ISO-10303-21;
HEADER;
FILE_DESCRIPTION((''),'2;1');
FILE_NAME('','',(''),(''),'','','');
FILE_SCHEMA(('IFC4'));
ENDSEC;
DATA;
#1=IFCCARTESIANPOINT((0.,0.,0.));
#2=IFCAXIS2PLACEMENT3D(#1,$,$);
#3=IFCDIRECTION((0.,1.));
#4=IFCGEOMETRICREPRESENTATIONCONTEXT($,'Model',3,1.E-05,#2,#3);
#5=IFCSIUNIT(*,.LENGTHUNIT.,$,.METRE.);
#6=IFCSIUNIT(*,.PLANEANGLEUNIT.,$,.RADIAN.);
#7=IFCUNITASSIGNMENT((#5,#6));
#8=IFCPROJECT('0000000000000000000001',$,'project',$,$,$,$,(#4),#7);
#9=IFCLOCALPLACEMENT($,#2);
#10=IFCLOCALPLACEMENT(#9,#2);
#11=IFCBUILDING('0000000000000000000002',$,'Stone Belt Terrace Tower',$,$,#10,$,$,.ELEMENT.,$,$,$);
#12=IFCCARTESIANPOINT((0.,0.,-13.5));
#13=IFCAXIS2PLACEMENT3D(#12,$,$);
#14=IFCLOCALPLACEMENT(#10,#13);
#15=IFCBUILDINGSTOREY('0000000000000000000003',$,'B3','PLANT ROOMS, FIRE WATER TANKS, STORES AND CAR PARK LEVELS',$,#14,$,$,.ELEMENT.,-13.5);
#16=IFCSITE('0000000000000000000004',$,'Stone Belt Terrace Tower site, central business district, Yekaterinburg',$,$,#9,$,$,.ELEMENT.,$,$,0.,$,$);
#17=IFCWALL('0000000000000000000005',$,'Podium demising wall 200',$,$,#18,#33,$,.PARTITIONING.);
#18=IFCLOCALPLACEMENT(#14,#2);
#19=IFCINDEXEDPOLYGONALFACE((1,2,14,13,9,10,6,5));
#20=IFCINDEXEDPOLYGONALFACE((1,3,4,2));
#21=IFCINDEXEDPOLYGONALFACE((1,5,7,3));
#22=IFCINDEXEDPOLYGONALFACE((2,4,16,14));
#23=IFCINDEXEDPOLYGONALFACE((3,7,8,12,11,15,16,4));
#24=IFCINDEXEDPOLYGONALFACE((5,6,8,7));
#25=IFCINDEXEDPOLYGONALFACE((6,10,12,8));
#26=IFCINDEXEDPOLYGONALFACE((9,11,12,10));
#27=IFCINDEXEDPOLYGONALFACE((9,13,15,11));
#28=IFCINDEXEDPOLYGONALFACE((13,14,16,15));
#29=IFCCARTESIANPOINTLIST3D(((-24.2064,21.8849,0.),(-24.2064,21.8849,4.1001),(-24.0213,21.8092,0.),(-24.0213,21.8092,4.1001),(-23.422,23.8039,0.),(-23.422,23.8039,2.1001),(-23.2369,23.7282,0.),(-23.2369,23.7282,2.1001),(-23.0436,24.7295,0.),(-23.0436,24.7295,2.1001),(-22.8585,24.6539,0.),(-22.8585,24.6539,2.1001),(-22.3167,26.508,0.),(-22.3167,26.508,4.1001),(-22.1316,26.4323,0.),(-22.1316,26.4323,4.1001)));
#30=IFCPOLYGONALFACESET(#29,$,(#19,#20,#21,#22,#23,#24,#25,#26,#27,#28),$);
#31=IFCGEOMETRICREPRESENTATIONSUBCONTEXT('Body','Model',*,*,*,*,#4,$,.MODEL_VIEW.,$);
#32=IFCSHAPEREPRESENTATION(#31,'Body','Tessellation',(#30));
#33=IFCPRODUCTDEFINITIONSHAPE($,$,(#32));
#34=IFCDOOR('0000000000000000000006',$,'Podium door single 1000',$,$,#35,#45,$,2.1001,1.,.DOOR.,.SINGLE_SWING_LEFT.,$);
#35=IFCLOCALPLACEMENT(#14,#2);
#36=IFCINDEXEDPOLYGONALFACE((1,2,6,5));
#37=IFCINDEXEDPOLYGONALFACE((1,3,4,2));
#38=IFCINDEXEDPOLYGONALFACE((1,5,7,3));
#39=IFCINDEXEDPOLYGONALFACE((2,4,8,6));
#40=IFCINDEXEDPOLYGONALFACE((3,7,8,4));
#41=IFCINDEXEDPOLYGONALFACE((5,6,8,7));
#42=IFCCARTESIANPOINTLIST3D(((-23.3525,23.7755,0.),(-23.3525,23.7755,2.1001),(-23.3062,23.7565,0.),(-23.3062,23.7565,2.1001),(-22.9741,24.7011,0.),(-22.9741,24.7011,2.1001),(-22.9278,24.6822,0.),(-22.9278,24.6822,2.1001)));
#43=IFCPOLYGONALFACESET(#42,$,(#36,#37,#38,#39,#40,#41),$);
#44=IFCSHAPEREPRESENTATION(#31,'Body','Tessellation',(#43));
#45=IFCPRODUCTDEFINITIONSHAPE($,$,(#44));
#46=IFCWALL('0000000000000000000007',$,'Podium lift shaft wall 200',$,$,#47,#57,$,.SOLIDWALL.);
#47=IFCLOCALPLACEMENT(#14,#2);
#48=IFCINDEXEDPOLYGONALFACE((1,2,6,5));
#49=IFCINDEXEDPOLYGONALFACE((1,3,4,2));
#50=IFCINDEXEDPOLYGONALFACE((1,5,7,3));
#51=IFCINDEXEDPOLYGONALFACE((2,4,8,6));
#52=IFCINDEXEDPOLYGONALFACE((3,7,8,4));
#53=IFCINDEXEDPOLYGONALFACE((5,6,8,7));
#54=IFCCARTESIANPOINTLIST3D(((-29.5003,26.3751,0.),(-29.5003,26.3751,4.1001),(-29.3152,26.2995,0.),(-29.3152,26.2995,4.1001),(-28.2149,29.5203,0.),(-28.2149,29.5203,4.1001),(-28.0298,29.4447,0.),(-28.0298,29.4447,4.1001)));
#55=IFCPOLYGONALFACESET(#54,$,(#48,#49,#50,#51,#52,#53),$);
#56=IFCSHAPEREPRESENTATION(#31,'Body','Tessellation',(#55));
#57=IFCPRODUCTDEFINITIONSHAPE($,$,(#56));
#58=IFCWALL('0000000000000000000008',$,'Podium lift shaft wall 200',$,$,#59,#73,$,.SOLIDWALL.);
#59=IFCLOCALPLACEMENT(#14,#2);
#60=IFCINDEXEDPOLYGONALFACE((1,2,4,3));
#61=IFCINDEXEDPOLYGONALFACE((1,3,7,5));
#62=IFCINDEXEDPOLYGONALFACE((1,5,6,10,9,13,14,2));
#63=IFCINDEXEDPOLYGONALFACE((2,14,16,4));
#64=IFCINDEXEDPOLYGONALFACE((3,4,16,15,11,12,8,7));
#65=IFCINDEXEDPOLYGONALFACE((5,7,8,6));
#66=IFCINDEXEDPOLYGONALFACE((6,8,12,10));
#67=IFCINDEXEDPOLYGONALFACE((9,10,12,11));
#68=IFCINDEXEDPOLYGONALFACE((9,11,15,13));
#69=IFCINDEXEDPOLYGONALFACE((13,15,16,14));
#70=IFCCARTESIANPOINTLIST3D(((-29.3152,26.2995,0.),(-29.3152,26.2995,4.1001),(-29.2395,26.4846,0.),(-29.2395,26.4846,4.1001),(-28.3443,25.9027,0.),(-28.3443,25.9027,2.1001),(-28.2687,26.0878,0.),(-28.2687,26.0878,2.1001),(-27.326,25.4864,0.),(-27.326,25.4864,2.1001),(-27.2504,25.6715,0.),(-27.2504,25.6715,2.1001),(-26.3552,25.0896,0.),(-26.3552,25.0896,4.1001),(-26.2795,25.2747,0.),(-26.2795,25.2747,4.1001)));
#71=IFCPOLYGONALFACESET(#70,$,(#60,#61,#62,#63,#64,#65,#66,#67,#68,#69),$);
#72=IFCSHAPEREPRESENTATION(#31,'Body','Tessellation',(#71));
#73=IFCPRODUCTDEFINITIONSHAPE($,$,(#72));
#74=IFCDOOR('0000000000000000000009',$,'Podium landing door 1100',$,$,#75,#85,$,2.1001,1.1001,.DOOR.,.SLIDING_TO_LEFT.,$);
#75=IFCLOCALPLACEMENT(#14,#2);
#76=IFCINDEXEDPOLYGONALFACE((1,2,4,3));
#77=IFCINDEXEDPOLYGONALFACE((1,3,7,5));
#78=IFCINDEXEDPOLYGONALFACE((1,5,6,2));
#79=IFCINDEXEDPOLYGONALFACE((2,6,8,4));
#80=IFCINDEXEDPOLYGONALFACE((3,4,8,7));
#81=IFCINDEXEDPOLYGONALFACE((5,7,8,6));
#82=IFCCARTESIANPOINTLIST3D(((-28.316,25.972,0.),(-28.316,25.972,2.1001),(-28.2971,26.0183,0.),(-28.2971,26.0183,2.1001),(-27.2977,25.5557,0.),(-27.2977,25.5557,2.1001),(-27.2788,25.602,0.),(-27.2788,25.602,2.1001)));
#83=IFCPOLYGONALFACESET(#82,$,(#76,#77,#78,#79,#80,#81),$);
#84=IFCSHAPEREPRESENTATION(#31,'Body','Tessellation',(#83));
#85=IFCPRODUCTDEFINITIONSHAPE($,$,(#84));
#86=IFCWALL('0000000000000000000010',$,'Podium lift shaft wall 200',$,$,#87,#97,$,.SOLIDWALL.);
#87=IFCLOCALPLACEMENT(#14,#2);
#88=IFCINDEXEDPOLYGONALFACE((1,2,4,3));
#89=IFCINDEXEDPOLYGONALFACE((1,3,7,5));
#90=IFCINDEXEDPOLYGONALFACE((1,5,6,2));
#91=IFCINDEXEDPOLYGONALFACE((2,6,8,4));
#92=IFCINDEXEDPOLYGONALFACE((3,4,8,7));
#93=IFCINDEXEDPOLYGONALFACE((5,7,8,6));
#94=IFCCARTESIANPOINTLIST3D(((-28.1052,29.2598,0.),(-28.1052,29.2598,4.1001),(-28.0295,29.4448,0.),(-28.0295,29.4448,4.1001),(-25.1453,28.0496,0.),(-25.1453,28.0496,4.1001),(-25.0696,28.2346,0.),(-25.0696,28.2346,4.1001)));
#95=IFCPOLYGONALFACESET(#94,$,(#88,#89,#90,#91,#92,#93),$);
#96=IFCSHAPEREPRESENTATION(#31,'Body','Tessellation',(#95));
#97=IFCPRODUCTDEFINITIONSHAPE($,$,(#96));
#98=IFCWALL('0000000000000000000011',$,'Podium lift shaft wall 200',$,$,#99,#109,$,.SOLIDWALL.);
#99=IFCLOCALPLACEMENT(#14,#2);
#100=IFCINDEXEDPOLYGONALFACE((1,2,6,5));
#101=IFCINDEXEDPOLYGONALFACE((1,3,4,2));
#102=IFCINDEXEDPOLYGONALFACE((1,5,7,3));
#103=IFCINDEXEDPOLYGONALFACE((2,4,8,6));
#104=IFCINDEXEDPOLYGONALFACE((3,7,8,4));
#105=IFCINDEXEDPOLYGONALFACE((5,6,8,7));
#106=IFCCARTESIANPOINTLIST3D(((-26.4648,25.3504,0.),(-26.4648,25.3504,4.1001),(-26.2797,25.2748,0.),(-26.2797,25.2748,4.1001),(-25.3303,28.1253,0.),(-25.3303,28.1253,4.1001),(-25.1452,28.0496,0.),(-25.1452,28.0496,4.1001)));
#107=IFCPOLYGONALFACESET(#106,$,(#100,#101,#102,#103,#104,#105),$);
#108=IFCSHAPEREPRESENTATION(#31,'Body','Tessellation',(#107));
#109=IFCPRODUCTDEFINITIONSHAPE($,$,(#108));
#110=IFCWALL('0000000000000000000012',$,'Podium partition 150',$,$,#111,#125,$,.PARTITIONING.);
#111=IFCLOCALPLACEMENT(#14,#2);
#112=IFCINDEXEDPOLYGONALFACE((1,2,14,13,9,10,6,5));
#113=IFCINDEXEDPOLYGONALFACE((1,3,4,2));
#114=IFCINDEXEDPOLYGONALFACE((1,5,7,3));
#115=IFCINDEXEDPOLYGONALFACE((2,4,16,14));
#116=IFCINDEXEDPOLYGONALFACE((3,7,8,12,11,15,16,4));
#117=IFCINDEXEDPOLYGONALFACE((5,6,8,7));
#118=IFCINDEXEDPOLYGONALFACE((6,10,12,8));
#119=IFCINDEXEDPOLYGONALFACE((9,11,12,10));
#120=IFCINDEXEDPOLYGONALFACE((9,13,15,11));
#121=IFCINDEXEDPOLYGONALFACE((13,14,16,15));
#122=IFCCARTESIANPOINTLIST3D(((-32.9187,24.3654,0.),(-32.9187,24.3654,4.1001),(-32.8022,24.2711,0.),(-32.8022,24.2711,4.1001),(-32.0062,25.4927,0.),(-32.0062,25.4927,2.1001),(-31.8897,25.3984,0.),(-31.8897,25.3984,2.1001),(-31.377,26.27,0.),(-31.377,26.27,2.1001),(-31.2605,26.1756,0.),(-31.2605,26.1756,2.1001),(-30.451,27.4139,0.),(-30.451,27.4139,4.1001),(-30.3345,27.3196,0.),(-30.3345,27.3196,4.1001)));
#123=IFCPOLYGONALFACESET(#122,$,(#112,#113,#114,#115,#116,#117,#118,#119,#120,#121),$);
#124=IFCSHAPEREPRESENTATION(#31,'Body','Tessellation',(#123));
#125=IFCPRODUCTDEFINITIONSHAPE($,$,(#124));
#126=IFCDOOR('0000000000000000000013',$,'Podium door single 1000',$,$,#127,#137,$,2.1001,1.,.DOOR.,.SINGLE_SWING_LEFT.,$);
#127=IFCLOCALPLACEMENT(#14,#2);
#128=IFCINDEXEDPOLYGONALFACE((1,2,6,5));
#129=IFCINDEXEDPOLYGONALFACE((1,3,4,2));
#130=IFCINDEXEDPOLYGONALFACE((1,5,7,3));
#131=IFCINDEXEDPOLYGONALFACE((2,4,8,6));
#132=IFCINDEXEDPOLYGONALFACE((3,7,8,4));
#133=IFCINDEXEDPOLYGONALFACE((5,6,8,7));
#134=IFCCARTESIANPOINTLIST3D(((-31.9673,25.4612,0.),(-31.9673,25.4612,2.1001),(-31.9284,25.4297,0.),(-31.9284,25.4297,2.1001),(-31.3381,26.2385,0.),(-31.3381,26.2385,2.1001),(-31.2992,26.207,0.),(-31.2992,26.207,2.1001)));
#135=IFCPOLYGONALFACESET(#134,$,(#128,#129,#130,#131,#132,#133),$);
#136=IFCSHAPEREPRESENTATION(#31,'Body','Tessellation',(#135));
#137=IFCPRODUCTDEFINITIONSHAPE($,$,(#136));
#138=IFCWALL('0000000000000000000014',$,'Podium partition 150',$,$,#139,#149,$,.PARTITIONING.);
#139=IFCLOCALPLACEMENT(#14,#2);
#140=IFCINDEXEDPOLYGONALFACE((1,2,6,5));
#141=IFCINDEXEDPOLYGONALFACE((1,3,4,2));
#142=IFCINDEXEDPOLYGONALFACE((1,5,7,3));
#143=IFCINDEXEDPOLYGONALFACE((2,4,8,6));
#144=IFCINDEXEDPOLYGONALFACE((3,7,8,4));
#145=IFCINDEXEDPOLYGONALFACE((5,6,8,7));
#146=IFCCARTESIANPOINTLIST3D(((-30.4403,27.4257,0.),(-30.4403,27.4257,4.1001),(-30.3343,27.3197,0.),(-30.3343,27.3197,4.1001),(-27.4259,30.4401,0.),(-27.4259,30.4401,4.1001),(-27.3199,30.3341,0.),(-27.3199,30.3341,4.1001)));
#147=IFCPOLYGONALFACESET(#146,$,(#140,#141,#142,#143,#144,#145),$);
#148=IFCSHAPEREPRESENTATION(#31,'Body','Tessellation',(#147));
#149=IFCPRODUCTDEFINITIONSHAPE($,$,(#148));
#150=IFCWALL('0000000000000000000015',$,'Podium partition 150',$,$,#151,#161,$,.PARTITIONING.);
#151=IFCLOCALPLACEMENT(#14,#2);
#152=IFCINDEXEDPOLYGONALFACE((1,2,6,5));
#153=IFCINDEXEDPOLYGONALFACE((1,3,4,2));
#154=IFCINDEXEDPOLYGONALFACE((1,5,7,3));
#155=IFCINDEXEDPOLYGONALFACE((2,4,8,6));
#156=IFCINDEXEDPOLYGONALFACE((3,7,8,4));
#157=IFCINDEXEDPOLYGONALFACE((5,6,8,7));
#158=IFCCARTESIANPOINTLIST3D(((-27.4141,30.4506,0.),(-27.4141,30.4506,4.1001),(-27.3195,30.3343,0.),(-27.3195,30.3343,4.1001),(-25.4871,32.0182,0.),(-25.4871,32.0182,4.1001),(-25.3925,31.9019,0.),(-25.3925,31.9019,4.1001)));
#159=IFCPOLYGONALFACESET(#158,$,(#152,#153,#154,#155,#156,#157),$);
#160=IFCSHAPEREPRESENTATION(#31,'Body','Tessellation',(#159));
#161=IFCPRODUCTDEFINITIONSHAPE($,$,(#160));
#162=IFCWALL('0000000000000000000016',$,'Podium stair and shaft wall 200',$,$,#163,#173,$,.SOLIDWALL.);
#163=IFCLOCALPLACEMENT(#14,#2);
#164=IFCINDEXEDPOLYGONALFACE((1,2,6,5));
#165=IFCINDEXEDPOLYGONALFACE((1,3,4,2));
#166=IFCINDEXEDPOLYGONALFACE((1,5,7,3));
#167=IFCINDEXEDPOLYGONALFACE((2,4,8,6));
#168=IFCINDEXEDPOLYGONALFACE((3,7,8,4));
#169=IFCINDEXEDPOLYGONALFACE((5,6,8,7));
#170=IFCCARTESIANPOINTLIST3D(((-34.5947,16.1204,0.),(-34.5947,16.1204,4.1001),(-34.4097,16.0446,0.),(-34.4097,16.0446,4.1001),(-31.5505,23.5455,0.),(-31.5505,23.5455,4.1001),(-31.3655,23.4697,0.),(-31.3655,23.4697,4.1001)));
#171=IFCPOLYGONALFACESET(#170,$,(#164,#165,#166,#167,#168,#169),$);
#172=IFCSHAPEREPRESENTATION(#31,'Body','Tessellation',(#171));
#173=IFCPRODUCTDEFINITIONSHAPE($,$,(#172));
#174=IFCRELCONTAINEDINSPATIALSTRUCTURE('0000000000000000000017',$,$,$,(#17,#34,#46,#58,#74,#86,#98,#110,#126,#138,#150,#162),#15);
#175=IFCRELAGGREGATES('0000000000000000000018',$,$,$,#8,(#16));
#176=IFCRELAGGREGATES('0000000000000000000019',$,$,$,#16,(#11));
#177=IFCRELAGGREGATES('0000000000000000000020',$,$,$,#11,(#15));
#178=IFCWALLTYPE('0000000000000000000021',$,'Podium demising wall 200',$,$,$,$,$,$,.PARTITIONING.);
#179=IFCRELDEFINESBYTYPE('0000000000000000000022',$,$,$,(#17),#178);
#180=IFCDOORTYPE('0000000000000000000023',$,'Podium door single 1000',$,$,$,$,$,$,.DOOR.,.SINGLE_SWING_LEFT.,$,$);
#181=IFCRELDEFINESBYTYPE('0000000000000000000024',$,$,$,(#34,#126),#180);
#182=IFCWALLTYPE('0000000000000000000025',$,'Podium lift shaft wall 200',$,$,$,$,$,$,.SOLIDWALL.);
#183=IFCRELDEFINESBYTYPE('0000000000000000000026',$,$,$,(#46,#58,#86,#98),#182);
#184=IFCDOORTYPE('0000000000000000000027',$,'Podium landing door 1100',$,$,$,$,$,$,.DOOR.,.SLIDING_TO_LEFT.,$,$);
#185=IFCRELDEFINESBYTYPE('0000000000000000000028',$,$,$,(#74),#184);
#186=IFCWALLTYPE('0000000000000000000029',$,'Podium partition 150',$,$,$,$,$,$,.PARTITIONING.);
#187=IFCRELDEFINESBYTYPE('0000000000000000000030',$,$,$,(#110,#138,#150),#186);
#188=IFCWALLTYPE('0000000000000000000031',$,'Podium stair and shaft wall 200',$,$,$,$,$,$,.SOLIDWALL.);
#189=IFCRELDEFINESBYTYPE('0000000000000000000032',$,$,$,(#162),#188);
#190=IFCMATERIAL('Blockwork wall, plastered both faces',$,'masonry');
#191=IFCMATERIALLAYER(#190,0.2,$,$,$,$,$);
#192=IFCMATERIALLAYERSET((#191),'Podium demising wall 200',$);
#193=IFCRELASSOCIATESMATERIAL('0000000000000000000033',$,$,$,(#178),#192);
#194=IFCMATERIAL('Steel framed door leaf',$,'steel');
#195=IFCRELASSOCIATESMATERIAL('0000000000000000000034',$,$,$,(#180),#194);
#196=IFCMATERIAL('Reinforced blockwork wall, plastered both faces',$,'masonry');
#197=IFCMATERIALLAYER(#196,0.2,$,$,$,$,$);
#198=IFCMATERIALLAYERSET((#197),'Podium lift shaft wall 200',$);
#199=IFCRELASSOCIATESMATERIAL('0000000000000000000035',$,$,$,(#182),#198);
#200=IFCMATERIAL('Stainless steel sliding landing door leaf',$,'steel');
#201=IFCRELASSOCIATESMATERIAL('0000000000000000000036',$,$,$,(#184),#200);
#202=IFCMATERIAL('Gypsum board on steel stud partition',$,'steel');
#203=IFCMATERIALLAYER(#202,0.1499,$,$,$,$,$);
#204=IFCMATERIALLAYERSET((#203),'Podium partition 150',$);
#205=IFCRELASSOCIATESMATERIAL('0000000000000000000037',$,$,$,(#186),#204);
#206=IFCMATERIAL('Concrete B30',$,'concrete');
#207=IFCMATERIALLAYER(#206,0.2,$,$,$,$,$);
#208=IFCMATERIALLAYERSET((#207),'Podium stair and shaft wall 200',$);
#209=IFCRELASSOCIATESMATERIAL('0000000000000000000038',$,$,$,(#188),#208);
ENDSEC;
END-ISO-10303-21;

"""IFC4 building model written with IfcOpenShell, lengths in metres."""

from ifc_helpers import new_model, si_unit, direction, frame, frame_2d, origin, place, context, subcontext, project, spatial, rectangle, extrude, material, layer, layer_set, type_object, element, fill, save


model = new_model("IFC4")

# Units and contexts
model_context = context("Model", 3, precision=1e-05, world=origin(), true_north=direction((0.0, 1.0)))
body_context = subcontext(model_context, "Body", "Model", "MODEL_VIEW")
ifc_project = project(units=[si_unit("LENGTHUNIT", "METRE"), si_unit("PLANEANGLEUNIT", "RADIAN")], contexts=[model_context])

# Site, building, storey
site_placement = place(None, origin())
site = spatial("IfcSite", under=ifc_project, at=site_placement, Name="Stone Belt Terrace Tower site, central business district, Yekaterinburg", CompositionType="ELEMENT", RefElevation=0.0)
building_placement = place(site_placement, origin())
building = spatial("IfcBuilding", under=site, at=building_placement, Name="Stone Belt Terrace Tower", CompositionType="ELEMENT")
storey_placement = place(building_placement, frame((0.0, 0.0, -13.5)))
storey = spatial("IfcBuildingStorey", under=building, at=storey_placement, Name="B3", Description="PLANT ROOMS, FIRE WATER TANKS, STORES AND CAR PARK LEVELS", CompositionType="ELEMENT", Elevation=-13.5)

# Shared definitions
ifc_material_1 = material(Name="Concrete B30", Category="concrete")
ifc_material_2 = material(Name="Blockwork wall, plastered both faces", Category="masonry")
ifc_layer_1 = layer(ifc_material_2, 0.2)
ifc_layer_set_1 = layer_set([ifc_layer_1], Name="Podium demising wall 200")
wall_type_1 = type_object("IfcWallType", Name="Podium demising wall 200", PredefinedType="PARTITIONING", material=ifc_layer_set_1)

# Wall, opening, door
wall_1_placement = place(storey_placement, frame((-24.1138, 21.8472, 0.0), z_axis=(0.0, 0.0, 1.0), x_axis=(0.378359, 0.925659, 0.0)))
wall_1 = element("IfcWall", 1, at=wall_1_placement, inside=storey, type_object=wall_type_1, Name="Podium demising wall 200", PredefinedType="PARTITIONING", context=body_context, shape_type="SweptSolid", body=[
    extrude(rectangle(XDim=4.9944, YDim=0.2, at=frame_2d((2.4971, 0.0))), origin(), (0.0, 0.0, 1.0), 4.1001),
])
opening_1_placement = place(wall_1_placement, frame((2.073, 0.0, 0.0)))
opening_1 = element("IfcOpeningElement", 2, at=opening_1_placement, cuts=wall_1, PredefinedType="OPENING", context=body_context, shape_type="SweptSolid", body=[
    extrude(rectangle(XDim=1.0, YDim=2.1001, at=frame_2d((0.5, 1.05))), frame((0.0, 0.1099, 0.0), z_axis=(0.0, -1.0, 0.0), x_axis=(1.0, 0.0, 0.0)), (0.0, 0.0, 1.0), 0.22),
])
ifc_material_3 = material(Name="Steel framed door leaf", Category="steel")
door_type_1 = type_object("IfcDoorType", Name="Podium door single 1000", OperationType="SINGLE_SWING_LEFT", PredefinedType="DOOR", material=ifc_material_3)
door_1_placement = place(opening_1_placement, origin())
door_1 = element("IfcDoor", 3, at=door_1_placement, inside=storey, type_object=door_type_1, Name="Podium door single 1000", OperationType="SINGLE_SWING_LEFT", OverallHeight=2.1001, OverallWidth=1.0, PredefinedType="DOOR", context=body_context, shape_type="SweptSolid", body=[
    extrude(rectangle(XDim=1.0, YDim=2.1001, at=frame_2d((0.5, 1.05))), frame((0.0, 0.0249, 0.0), z_axis=(0.0, -1.0, 0.0), x_axis=(1.0, 0.0, 0.0)), (0.0, 0.0, 1.0), 0.05),
])
fill(opening_1, door_1)

# Wall
ifc_material_4 = material(Name="Reinforced blockwork wall, plastered both faces", Category="masonry")
ifc_layer_2 = layer(ifc_material_4, 0.2)
ifc_layer_set_2 = layer_set([ifc_layer_2], Name="Podium lift shaft wall 200")
wall_type_2 = type_object("IfcWallType", Name="Podium lift shaft wall 200", PredefinedType="SOLIDWALL", material=ifc_layer_set_2)
wall_2_placement = place(storey_placement, frame((-29.4077, 26.3374, 0.0), z_axis=(0.0, 0.0, 1.0), x_axis=(0.378305, 0.925681, 0.0)))
element("IfcWall", 4, at=wall_2_placement, inside=storey, type_object=wall_type_2, Name="Podium lift shaft wall 200", PredefinedType="SOLIDWALL", context=body_context, shape_type="SweptSolid", body=[
    extrude(rectangle(XDim=3.3977, YDim=0.2, at=frame_2d((1.6987, 0.0))), origin(), (0.0, 0.0, 1.0), 4.1001),
])

# Wall, opening, door
wall_3_placement = place(storey_placement, frame((-29.2773, 26.3921, 0.0), z_axis=(0.0, 0.0, 1.0), x_axis=(0.925649, -0.378383, 0.0)))
wall_3 = element("IfcWall", 5, at=wall_3_placement, inside=storey, type_object=wall_type_2, Name="Podium lift shaft wall 200", PredefinedType="SOLIDWALL", context=body_context, shape_type="SweptSolid", body=[
    extrude(rectangle(XDim=3.1978, YDim=0.2, at=frame_2d((1.5989, 0.0))), origin(), (0.0, 0.0, 1.0), 4.1001),
])
opening_2_placement = place(wall_3_placement, frame((1.0488, 0.0, 0.0)))
opening_2 = element("IfcOpeningElement", 6, at=opening_2_placement, cuts=wall_3, PredefinedType="OPENING", context=body_context, shape_type="SweptSolid", body=[
    extrude(rectangle(XDim=1.1001, YDim=2.1001, at=frame_2d((0.55, 1.05))), frame((0.0, 0.1099, 0.0), z_axis=(0.0, -1.0, 0.0), x_axis=(1.0, 0.0, 0.0)), (0.0, 0.0, 1.0), 0.22),
])
ifc_material_5 = material(Name="Stainless steel sliding landing door leaf", Category="steel")
door_type_2 = type_object("IfcDoorType", Name="Podium landing door 1100", OperationType="SLIDING_TO_LEFT", PredefinedType="DOOR", material=ifc_material_5)
door_2_placement = place(opening_2_placement, origin())
door_2 = element("IfcDoor", 7, at=door_2_placement, inside=storey, type_object=door_type_2, Name="Podium landing door 1100", OperationType="SLIDING_TO_LEFT", OverallHeight=2.1001, OverallWidth=1.1001, PredefinedType="DOOR", context=body_context, shape_type="SweptSolid", body=[
    extrude(rectangle(XDim=1.1001, YDim=2.1001, at=frame_2d((0.55, 1.05))), frame((0.0, 0.0249, 0.0), z_axis=(0.0, -1.0, 0.0), x_axis=(1.0, 0.0, 0.0)), (0.0, 0.0, 1.0), 0.05),
])
fill(opening_2, door_2)

# Walls
wall_4_placement = place(storey_placement, frame((-28.0674, 29.3523, 0.0), z_axis=(0.0, 0.0, 1.0), x_axis=(0.925622, -0.378449, 0.0)))
element("IfcWall", 8, at=wall_4_placement, inside=storey, type_object=wall_type_2, Name="Podium lift shaft wall 200", PredefinedType="SOLIDWALL", context=body_context, shape_type="SweptSolid", body=[
    extrude(rectangle(XDim=3.1978, YDim=0.2, at=frame_2d((1.5989, 0.0))), origin(), (0.0, 0.0, 1.0), 4.1001),
])
wall_5_placement = place(storey_placement, frame((-26.3723, 25.3125, 0.0), z_axis=(0.0, 0.0, 1.0), x_axis=(0.378443, 0.925625, 0.0)))
element("IfcWall", 9, at=wall_5_placement, inside=storey, type_object=wall_type_2, Name="Podium lift shaft wall 200", PredefinedType="SOLIDWALL", context=body_context, shape_type="SweptSolid", body=[
    extrude(rectangle(XDim=2.9978, YDim=0.2, at=frame_2d((1.499, 0.0))), origin(), (0.0, 0.0, 1.0), 4.1001),
])

# Wall, opening, door
ifc_material_6 = material(Name="Gypsum board on steel stud partition", Category="steel")
ifc_layer_3 = layer(ifc_material_6, 0.1499)
ifc_layer_set_3 = layer_set([ifc_layer_3], Name="Podium partition 150")
wall_type_3 = type_object("IfcWallType", Name="Podium partition 150", PredefinedType="PARTITIONING", material=ifc_layer_set_3)
wall_6_placement = place(storey_placement, frame((-32.8604, 24.3184, 0.0), z_axis=(0.0, 0.0, 1.0), x_axis=(0.629179, 0.777261, 0.0)))
wall_6 = element("IfcWall", 10, at=wall_6_placement, inside=storey, type_object=wall_type_3, Name="Podium partition 150", PredefinedType="PARTITIONING", context=body_context, shape_type="SweptSolid", body=[
    extrude(rectangle(XDim=3.9221, YDim=0.1499, at=frame_2d((1.9609, 0.0))), origin(), (0.0, 0.0, 1.0), 4.1001),
])
opening_3_placement = place(wall_6_placement, frame((1.4502, 0.0, 0.0)))
opening_3 = element("IfcOpeningElement", 11, at=opening_3_placement, cuts=wall_6, PredefinedType="OPENING", context=body_context, shape_type="SweptSolid", body=[
    extrude(rectangle(XDim=1.0, YDim=2.1001, at=frame_2d((0.5, 1.05))), frame((0.0, 0.085, 0.0), z_axis=(0.0, -1.0, 0.0), x_axis=(1.0, 0.0, 0.0)), (0.0, 0.0, 1.0), 0.1699),
])
door_3_placement = place(opening_3_placement, origin())
door_3 = element("IfcDoor", 12, at=door_3_placement, inside=storey, type_object=door_type_1, Name="Podium door single 1000", OperationType="SINGLE_SWING_LEFT", OverallHeight=2.1001, OverallWidth=1.0, PredefinedType="DOOR", context=body_context, shape_type="SweptSolid", body=[
    extrude(rectangle(XDim=1.0, YDim=2.1001, at=frame_2d((0.5, 1.05))), frame((0.0, 0.0249, 0.0), z_axis=(0.0, -1.0, 0.0), x_axis=(1.0, 0.0, 0.0)), (0.0, 0.0, 1.0), 0.05),
])
fill(opening_3, door_3)

# Walls
wall_7_placement = place(storey_placement, frame((-30.3872, 27.3728, 0.0), z_axis=(0.0, 0.0, 1.0), x_axis=(0.707107, 0.707107, 0.0)))
element("IfcWall", 13, at=wall_7_placement, inside=storey, type_object=wall_type_3, Name="Podium partition 150", PredefinedType="PARTITIONING", context=body_context, shape_type="SweptSolid", body=[
    extrude(rectangle(XDim=4.2629, YDim=0.1499, at=frame_2d((2.1313, 0.0))), origin(), (0.0, 0.0, 1.0), 4.1001),
])
wall_8_placement = place(storey_placement, frame((-27.3669, 30.3923, 0.0), z_axis=(0.0, 0.0, 1.0), x_axis=(0.775732, 0.631062, 0.0)))
element("IfcWall", 14, at=wall_8_placement, inside=storey, type_object=wall_type_3, Name="Podium partition 150", PredefinedType="PARTITIONING", context=body_context, shape_type="SweptSolid", body=[
    extrude(rectangle(XDim=2.4841, YDim=0.1499, at=frame_2d((1.2422, 0.0))), origin(), (0.0, 0.0, 1.0), 4.1001),
])
ifc_layer_4 = layer(ifc_material_1, 0.2)
ifc_layer_set_4 = layer_set([ifc_layer_4], Name="Podium stair and shaft wall 200")
wall_type_4 = type_object("IfcWallType", Name="Podium stair and shaft wall 200", PredefinedType="SOLIDWALL", material=ifc_layer_set_4)
wall_9_placement = place(storey_placement, frame((-34.5022, 16.0825, 0.0), z_axis=(0.0, 0.0, 1.0), x_axis=(0.379345, 0.925255, 0.0)))
element("IfcWall", 15, at=wall_9_placement, inside=storey, type_object=wall_type_4, Name="Podium stair and shaft wall 200", PredefinedType="SOLIDWALL", context=body_context, shape_type="SweptSolid", body=[
    extrude(rectangle(XDim=8.0249, YDim=0.2, at=frame_2d((4.0125, 0.0))), origin(), (0.0, 0.0, 1.0), 4.1001),
])

save(model, "model.ifc")
